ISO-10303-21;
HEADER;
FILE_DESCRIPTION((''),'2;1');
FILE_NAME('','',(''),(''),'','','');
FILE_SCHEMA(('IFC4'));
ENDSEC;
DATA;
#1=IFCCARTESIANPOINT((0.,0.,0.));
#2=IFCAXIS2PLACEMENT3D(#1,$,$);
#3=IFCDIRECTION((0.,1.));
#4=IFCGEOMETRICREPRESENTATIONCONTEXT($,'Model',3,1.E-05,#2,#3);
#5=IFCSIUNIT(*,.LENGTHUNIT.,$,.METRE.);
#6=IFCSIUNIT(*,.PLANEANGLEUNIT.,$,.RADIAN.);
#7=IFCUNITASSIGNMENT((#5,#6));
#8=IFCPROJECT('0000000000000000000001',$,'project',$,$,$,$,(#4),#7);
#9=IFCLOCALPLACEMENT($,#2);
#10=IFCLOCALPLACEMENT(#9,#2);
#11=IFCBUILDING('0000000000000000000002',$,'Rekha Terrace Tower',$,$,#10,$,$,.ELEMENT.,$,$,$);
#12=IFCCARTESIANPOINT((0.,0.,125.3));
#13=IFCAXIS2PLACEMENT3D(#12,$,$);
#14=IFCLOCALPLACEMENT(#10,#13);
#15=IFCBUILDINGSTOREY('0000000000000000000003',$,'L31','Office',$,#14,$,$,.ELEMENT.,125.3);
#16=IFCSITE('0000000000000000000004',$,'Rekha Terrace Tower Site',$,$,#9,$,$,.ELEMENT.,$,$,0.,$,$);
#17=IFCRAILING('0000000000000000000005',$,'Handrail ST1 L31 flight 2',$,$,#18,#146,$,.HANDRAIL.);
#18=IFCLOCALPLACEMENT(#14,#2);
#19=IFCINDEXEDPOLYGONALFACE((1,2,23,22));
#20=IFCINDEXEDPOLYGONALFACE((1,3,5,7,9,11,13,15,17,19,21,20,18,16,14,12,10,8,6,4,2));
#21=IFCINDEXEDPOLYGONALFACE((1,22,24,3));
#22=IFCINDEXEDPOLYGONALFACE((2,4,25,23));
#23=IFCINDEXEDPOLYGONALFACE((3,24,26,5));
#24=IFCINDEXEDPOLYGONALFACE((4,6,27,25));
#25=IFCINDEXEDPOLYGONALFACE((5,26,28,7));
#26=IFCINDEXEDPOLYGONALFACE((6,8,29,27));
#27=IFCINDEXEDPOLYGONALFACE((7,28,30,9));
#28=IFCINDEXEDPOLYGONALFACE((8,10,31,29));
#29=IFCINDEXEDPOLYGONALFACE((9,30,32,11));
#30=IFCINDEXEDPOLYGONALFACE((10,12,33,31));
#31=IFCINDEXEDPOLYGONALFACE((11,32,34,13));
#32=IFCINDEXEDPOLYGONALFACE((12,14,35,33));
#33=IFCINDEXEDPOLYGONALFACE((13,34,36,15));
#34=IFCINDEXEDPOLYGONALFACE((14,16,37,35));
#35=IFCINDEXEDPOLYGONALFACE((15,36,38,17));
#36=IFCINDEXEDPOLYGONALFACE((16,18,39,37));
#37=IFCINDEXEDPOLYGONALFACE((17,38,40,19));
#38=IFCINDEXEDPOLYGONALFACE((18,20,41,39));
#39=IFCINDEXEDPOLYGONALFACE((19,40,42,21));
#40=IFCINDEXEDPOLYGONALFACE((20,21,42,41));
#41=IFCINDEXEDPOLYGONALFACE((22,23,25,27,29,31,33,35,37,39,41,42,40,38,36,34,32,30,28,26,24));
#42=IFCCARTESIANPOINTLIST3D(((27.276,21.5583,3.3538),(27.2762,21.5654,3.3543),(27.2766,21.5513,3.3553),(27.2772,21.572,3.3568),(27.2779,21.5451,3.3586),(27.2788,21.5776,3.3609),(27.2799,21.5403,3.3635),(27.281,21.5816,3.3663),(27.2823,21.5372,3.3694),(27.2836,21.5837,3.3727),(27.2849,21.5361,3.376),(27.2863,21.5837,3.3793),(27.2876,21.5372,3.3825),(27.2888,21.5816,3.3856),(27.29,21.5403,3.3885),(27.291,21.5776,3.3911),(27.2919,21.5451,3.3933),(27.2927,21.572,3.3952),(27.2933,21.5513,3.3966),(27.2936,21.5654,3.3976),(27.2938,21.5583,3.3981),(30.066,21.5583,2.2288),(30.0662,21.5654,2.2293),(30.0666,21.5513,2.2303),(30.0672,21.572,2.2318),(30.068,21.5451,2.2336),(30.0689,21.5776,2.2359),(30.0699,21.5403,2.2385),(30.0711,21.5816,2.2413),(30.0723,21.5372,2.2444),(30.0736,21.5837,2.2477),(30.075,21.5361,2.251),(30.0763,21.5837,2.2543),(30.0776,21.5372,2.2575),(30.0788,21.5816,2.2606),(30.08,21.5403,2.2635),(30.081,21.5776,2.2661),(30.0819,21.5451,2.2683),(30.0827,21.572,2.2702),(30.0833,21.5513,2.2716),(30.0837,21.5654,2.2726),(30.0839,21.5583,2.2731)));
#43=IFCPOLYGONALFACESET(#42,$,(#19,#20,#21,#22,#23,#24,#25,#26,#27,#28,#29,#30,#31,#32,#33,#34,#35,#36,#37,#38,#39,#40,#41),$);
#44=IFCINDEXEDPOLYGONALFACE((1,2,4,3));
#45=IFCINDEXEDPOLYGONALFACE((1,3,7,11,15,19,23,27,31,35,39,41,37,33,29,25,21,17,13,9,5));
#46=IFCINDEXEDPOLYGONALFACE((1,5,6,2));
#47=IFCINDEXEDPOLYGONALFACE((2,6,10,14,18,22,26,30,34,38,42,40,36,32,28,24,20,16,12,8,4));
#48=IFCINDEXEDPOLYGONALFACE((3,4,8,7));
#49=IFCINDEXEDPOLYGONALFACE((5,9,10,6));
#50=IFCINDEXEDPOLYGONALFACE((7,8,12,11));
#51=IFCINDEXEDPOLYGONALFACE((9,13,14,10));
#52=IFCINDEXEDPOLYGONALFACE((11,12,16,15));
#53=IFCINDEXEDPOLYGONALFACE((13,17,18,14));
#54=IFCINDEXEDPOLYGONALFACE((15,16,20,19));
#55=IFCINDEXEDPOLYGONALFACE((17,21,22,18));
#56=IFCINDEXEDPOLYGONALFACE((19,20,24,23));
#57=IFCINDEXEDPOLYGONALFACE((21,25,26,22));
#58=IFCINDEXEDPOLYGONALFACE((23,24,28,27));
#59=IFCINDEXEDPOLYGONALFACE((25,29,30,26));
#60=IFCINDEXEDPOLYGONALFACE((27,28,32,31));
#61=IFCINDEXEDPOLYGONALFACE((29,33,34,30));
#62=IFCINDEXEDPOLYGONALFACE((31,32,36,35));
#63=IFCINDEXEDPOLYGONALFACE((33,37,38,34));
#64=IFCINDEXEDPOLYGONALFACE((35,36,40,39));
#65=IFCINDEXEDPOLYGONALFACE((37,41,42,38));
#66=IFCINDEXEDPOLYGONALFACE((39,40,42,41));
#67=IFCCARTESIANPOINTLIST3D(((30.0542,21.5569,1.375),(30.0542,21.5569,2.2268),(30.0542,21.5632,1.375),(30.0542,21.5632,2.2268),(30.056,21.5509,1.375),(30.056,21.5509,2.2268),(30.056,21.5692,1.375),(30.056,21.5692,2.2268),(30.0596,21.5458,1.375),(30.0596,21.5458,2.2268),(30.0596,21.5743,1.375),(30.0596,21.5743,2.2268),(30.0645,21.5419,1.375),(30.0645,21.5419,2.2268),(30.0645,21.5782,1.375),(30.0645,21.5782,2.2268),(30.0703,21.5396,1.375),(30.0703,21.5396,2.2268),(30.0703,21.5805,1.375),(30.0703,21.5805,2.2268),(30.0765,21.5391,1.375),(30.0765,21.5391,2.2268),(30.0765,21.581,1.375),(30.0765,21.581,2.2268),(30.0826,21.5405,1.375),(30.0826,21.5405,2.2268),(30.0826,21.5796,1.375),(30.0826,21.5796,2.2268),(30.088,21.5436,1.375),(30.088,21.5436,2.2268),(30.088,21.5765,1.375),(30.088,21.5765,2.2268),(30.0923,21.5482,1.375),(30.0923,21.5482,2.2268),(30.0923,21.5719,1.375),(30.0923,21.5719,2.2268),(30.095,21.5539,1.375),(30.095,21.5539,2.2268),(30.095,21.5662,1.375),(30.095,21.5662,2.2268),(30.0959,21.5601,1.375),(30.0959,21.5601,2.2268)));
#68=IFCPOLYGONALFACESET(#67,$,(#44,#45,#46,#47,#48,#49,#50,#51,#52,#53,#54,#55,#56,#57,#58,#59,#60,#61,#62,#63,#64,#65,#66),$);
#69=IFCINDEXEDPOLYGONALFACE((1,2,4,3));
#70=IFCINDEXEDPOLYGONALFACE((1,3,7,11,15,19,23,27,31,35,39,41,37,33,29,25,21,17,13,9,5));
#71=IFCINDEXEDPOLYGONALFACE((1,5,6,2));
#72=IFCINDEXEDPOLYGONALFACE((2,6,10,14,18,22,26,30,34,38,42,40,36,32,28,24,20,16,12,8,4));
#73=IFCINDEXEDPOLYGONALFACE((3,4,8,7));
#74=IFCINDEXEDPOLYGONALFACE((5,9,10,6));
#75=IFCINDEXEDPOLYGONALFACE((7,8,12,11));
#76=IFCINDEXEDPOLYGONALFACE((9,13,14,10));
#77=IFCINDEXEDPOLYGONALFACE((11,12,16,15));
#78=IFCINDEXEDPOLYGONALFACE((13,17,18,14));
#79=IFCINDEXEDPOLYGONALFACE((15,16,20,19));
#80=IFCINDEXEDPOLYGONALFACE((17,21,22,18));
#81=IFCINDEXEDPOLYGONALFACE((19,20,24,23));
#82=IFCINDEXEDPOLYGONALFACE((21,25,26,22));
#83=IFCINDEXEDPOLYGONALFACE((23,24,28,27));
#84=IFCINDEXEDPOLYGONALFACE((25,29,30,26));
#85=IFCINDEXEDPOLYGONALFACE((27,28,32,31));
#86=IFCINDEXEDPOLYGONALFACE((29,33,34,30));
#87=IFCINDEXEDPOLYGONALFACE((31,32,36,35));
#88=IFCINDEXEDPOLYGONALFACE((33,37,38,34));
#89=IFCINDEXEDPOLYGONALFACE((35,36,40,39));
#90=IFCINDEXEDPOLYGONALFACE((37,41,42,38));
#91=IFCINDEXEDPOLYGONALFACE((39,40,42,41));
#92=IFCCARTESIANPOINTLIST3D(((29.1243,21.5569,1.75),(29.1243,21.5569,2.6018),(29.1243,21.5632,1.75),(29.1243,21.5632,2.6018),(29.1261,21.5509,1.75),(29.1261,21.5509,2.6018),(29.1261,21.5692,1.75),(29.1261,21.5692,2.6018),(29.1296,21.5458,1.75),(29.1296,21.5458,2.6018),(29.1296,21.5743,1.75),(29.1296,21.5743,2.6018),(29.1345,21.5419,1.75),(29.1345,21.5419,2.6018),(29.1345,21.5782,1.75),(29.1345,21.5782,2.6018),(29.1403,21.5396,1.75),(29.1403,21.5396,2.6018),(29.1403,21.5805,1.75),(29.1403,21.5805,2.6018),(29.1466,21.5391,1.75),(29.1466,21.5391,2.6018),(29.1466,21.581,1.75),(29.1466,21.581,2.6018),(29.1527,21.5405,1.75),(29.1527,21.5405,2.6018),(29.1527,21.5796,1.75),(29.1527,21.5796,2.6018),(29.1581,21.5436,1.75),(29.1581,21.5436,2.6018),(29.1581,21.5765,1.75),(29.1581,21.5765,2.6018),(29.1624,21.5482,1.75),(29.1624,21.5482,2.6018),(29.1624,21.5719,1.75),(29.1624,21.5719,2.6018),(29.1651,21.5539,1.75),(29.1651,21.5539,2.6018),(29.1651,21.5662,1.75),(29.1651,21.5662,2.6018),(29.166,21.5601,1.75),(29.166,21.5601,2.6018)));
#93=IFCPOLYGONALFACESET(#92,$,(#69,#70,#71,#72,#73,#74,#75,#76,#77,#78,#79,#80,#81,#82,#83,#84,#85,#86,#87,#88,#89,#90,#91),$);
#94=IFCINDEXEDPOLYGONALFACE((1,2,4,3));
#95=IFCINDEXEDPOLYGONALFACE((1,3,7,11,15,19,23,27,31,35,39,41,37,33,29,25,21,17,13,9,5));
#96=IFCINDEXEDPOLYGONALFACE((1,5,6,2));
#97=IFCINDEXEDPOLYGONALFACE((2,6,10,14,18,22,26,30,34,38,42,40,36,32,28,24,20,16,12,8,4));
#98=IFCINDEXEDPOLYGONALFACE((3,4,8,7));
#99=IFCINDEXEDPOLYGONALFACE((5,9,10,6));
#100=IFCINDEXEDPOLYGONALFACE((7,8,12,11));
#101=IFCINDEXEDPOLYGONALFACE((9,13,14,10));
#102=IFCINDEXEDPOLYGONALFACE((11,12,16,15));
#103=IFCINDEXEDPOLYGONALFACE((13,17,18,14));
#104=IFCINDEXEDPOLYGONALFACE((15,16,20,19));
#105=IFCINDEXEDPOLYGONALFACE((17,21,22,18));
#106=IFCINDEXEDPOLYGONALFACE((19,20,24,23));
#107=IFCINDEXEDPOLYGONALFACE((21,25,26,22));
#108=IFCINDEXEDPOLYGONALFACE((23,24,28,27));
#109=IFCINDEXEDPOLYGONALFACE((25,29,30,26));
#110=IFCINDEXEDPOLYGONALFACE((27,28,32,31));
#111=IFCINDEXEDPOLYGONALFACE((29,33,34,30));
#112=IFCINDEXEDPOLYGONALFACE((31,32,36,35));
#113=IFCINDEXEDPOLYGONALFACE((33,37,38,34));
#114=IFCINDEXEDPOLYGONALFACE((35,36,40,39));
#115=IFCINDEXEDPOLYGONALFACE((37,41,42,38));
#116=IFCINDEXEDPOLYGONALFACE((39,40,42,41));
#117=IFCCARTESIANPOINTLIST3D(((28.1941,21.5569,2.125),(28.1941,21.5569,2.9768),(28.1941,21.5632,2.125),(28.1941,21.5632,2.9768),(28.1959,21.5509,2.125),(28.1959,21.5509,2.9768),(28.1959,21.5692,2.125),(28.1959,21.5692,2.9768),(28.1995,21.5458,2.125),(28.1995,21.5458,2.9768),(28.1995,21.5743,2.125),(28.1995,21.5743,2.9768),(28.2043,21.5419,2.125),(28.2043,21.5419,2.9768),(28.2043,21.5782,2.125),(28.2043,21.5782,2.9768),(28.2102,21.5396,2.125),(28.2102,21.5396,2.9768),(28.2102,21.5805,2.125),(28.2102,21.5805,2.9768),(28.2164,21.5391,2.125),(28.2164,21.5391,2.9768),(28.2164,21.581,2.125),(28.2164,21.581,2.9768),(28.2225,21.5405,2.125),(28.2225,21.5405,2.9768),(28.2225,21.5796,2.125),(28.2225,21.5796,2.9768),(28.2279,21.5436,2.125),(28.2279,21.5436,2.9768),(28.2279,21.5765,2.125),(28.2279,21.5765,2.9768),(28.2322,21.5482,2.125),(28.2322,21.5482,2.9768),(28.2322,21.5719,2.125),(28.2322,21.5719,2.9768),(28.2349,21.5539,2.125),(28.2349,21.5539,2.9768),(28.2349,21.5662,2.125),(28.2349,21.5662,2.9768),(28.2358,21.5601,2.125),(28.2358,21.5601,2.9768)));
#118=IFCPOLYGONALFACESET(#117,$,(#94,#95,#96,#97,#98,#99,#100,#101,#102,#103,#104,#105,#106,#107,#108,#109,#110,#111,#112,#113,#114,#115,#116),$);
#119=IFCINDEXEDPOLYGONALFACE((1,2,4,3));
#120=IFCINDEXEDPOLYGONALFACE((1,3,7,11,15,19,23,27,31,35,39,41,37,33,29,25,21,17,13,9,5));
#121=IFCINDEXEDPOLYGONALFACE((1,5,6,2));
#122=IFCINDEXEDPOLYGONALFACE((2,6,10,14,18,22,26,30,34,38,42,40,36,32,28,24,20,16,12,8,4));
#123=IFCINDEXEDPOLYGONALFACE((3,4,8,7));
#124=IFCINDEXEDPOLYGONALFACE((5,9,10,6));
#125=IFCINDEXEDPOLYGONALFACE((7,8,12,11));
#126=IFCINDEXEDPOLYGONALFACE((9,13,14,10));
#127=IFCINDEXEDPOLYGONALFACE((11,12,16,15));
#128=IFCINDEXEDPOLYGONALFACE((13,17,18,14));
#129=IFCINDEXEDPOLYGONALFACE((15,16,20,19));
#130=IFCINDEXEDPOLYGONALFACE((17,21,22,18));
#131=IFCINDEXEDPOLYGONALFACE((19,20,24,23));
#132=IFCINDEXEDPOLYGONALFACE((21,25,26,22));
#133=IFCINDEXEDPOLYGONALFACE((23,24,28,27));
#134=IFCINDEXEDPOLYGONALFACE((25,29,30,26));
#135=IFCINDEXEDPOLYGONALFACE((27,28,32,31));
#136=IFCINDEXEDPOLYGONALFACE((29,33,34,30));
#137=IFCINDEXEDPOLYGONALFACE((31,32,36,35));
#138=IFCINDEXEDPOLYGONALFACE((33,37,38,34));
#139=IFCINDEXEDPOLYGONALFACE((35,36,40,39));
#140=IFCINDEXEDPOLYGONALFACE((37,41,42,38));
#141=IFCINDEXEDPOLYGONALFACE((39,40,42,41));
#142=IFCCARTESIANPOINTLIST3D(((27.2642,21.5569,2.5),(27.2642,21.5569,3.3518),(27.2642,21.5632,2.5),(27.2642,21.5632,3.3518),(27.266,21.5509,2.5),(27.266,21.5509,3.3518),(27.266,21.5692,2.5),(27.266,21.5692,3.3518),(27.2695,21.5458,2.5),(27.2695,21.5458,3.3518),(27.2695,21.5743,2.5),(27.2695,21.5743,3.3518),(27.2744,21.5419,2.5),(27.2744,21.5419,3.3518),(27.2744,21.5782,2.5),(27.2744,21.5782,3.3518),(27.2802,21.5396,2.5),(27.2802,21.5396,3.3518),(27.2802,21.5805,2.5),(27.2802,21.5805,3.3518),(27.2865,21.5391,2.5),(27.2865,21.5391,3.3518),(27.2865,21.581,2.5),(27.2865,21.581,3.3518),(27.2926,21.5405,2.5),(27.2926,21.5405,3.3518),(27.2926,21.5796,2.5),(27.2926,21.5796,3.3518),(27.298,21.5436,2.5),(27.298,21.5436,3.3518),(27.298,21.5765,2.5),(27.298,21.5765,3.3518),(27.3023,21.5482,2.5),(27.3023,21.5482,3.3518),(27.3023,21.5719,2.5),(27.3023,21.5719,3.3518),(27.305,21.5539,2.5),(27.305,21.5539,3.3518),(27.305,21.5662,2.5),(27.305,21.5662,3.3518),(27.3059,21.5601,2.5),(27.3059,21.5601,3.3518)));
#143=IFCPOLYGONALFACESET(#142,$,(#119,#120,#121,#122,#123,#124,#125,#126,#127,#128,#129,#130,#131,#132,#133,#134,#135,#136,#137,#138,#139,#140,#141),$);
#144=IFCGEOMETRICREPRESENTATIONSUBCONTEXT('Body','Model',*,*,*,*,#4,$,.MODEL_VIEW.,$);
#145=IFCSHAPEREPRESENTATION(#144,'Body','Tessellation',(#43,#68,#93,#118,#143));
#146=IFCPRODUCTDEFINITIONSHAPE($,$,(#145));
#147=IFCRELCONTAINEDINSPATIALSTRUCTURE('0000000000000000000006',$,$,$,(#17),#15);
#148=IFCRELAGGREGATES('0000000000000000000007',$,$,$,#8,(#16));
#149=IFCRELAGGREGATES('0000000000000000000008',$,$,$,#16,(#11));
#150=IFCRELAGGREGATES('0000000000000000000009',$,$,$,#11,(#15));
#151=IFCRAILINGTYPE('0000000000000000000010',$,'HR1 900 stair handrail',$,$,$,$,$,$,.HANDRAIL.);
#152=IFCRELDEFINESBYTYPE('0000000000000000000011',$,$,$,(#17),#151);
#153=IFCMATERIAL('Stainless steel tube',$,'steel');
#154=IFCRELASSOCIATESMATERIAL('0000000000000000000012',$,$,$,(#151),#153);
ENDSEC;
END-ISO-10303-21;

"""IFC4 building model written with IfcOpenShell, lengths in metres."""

from ifc_helpers import new_model, si_unit, direction, frame, origin, origin_2d, place, context, subcontext, project, spatial, circle, extrude, material, type_object, element, save


model = new_model("IFC4")

# Units and contexts
model_context = context("Model", 3, precision=1e-05, world=origin(), true_north=direction((0.0, 1.0)))
body_context = subcontext(model_context, "Body", "Model", "MODEL_VIEW")
ifc_project = project(units=[si_unit("LENGTHUNIT", "METRE"), si_unit("PLANEANGLEUNIT", "RADIAN")], contexts=[model_context])

# Site, building, storey
site_placement = place(None, origin())
site = spatial("IfcSite", under=ifc_project, at=site_placement, Name="Rekha Terrace Tower Site", CompositionType="ELEMENT", RefElevation=0.0)
building_placement = place(site_placement, origin())
building = spatial("IfcBuilding", under=site, at=building_placement, Name="Rekha Terrace Tower", CompositionType="ELEMENT")
storey_placement = place(building_placement, frame((0.0, 0.0, 125.3)))
storey = spatial("IfcBuildingStorey", under=building, at=storey_placement, Name="L31", Description="Office", CompositionType="ELEMENT", Elevation=125.3)

# Railing
ifc_material_1 = material(Name="Stainless steel tube", Category="steel")
railing_type_1 = type_object("IfcRailingType", Name="HR1 900 stair handrail", PredefinedType="HANDRAIL", material=ifc_material_1)
railing_1_placement = place(storey_placement, frame((30.075, 21.5601, 1.375)))
element("IfcRailing", 1, at=railing_1_placement, inside=storey, type_object=railing_type_1, Name="Handrail ST1 L31 flight 2", PredefinedType="HANDRAIL", context=body_context, shape_type="SweptSolid", body=[
    extrude(circle(Radius=0.0239, at=origin_2d()), frame((0.0, 0.0, 0.876), z_axis=(-0.927443, 0.0, 0.373964), x_axis=(0.0, -1.0, 0.0)), (0.0, 0.0, 1.0), 3.0083),
    extrude(circle(Radius=0.021, at=origin_2d()), origin(), (0.0, 0.0, 1.0), 0.8518),
    extrude(circle(Radius=0.021, at=origin_2d()), frame((-0.9299, 0.0, 0.375)), (0.0, 0.0, 1.0), 0.8518),
    extrude(circle(Radius=0.021, at=origin_2d()), frame((-1.8601, 0.0, 0.75)), (0.0, 0.0, 1.0), 0.8518),
    extrude(circle(Radius=0.021, at=origin_2d()), frame((-2.79, 0.0, 1.125)), (0.0, 0.0, 1.0), 0.8518),
])

save(model, "model.ifc")
